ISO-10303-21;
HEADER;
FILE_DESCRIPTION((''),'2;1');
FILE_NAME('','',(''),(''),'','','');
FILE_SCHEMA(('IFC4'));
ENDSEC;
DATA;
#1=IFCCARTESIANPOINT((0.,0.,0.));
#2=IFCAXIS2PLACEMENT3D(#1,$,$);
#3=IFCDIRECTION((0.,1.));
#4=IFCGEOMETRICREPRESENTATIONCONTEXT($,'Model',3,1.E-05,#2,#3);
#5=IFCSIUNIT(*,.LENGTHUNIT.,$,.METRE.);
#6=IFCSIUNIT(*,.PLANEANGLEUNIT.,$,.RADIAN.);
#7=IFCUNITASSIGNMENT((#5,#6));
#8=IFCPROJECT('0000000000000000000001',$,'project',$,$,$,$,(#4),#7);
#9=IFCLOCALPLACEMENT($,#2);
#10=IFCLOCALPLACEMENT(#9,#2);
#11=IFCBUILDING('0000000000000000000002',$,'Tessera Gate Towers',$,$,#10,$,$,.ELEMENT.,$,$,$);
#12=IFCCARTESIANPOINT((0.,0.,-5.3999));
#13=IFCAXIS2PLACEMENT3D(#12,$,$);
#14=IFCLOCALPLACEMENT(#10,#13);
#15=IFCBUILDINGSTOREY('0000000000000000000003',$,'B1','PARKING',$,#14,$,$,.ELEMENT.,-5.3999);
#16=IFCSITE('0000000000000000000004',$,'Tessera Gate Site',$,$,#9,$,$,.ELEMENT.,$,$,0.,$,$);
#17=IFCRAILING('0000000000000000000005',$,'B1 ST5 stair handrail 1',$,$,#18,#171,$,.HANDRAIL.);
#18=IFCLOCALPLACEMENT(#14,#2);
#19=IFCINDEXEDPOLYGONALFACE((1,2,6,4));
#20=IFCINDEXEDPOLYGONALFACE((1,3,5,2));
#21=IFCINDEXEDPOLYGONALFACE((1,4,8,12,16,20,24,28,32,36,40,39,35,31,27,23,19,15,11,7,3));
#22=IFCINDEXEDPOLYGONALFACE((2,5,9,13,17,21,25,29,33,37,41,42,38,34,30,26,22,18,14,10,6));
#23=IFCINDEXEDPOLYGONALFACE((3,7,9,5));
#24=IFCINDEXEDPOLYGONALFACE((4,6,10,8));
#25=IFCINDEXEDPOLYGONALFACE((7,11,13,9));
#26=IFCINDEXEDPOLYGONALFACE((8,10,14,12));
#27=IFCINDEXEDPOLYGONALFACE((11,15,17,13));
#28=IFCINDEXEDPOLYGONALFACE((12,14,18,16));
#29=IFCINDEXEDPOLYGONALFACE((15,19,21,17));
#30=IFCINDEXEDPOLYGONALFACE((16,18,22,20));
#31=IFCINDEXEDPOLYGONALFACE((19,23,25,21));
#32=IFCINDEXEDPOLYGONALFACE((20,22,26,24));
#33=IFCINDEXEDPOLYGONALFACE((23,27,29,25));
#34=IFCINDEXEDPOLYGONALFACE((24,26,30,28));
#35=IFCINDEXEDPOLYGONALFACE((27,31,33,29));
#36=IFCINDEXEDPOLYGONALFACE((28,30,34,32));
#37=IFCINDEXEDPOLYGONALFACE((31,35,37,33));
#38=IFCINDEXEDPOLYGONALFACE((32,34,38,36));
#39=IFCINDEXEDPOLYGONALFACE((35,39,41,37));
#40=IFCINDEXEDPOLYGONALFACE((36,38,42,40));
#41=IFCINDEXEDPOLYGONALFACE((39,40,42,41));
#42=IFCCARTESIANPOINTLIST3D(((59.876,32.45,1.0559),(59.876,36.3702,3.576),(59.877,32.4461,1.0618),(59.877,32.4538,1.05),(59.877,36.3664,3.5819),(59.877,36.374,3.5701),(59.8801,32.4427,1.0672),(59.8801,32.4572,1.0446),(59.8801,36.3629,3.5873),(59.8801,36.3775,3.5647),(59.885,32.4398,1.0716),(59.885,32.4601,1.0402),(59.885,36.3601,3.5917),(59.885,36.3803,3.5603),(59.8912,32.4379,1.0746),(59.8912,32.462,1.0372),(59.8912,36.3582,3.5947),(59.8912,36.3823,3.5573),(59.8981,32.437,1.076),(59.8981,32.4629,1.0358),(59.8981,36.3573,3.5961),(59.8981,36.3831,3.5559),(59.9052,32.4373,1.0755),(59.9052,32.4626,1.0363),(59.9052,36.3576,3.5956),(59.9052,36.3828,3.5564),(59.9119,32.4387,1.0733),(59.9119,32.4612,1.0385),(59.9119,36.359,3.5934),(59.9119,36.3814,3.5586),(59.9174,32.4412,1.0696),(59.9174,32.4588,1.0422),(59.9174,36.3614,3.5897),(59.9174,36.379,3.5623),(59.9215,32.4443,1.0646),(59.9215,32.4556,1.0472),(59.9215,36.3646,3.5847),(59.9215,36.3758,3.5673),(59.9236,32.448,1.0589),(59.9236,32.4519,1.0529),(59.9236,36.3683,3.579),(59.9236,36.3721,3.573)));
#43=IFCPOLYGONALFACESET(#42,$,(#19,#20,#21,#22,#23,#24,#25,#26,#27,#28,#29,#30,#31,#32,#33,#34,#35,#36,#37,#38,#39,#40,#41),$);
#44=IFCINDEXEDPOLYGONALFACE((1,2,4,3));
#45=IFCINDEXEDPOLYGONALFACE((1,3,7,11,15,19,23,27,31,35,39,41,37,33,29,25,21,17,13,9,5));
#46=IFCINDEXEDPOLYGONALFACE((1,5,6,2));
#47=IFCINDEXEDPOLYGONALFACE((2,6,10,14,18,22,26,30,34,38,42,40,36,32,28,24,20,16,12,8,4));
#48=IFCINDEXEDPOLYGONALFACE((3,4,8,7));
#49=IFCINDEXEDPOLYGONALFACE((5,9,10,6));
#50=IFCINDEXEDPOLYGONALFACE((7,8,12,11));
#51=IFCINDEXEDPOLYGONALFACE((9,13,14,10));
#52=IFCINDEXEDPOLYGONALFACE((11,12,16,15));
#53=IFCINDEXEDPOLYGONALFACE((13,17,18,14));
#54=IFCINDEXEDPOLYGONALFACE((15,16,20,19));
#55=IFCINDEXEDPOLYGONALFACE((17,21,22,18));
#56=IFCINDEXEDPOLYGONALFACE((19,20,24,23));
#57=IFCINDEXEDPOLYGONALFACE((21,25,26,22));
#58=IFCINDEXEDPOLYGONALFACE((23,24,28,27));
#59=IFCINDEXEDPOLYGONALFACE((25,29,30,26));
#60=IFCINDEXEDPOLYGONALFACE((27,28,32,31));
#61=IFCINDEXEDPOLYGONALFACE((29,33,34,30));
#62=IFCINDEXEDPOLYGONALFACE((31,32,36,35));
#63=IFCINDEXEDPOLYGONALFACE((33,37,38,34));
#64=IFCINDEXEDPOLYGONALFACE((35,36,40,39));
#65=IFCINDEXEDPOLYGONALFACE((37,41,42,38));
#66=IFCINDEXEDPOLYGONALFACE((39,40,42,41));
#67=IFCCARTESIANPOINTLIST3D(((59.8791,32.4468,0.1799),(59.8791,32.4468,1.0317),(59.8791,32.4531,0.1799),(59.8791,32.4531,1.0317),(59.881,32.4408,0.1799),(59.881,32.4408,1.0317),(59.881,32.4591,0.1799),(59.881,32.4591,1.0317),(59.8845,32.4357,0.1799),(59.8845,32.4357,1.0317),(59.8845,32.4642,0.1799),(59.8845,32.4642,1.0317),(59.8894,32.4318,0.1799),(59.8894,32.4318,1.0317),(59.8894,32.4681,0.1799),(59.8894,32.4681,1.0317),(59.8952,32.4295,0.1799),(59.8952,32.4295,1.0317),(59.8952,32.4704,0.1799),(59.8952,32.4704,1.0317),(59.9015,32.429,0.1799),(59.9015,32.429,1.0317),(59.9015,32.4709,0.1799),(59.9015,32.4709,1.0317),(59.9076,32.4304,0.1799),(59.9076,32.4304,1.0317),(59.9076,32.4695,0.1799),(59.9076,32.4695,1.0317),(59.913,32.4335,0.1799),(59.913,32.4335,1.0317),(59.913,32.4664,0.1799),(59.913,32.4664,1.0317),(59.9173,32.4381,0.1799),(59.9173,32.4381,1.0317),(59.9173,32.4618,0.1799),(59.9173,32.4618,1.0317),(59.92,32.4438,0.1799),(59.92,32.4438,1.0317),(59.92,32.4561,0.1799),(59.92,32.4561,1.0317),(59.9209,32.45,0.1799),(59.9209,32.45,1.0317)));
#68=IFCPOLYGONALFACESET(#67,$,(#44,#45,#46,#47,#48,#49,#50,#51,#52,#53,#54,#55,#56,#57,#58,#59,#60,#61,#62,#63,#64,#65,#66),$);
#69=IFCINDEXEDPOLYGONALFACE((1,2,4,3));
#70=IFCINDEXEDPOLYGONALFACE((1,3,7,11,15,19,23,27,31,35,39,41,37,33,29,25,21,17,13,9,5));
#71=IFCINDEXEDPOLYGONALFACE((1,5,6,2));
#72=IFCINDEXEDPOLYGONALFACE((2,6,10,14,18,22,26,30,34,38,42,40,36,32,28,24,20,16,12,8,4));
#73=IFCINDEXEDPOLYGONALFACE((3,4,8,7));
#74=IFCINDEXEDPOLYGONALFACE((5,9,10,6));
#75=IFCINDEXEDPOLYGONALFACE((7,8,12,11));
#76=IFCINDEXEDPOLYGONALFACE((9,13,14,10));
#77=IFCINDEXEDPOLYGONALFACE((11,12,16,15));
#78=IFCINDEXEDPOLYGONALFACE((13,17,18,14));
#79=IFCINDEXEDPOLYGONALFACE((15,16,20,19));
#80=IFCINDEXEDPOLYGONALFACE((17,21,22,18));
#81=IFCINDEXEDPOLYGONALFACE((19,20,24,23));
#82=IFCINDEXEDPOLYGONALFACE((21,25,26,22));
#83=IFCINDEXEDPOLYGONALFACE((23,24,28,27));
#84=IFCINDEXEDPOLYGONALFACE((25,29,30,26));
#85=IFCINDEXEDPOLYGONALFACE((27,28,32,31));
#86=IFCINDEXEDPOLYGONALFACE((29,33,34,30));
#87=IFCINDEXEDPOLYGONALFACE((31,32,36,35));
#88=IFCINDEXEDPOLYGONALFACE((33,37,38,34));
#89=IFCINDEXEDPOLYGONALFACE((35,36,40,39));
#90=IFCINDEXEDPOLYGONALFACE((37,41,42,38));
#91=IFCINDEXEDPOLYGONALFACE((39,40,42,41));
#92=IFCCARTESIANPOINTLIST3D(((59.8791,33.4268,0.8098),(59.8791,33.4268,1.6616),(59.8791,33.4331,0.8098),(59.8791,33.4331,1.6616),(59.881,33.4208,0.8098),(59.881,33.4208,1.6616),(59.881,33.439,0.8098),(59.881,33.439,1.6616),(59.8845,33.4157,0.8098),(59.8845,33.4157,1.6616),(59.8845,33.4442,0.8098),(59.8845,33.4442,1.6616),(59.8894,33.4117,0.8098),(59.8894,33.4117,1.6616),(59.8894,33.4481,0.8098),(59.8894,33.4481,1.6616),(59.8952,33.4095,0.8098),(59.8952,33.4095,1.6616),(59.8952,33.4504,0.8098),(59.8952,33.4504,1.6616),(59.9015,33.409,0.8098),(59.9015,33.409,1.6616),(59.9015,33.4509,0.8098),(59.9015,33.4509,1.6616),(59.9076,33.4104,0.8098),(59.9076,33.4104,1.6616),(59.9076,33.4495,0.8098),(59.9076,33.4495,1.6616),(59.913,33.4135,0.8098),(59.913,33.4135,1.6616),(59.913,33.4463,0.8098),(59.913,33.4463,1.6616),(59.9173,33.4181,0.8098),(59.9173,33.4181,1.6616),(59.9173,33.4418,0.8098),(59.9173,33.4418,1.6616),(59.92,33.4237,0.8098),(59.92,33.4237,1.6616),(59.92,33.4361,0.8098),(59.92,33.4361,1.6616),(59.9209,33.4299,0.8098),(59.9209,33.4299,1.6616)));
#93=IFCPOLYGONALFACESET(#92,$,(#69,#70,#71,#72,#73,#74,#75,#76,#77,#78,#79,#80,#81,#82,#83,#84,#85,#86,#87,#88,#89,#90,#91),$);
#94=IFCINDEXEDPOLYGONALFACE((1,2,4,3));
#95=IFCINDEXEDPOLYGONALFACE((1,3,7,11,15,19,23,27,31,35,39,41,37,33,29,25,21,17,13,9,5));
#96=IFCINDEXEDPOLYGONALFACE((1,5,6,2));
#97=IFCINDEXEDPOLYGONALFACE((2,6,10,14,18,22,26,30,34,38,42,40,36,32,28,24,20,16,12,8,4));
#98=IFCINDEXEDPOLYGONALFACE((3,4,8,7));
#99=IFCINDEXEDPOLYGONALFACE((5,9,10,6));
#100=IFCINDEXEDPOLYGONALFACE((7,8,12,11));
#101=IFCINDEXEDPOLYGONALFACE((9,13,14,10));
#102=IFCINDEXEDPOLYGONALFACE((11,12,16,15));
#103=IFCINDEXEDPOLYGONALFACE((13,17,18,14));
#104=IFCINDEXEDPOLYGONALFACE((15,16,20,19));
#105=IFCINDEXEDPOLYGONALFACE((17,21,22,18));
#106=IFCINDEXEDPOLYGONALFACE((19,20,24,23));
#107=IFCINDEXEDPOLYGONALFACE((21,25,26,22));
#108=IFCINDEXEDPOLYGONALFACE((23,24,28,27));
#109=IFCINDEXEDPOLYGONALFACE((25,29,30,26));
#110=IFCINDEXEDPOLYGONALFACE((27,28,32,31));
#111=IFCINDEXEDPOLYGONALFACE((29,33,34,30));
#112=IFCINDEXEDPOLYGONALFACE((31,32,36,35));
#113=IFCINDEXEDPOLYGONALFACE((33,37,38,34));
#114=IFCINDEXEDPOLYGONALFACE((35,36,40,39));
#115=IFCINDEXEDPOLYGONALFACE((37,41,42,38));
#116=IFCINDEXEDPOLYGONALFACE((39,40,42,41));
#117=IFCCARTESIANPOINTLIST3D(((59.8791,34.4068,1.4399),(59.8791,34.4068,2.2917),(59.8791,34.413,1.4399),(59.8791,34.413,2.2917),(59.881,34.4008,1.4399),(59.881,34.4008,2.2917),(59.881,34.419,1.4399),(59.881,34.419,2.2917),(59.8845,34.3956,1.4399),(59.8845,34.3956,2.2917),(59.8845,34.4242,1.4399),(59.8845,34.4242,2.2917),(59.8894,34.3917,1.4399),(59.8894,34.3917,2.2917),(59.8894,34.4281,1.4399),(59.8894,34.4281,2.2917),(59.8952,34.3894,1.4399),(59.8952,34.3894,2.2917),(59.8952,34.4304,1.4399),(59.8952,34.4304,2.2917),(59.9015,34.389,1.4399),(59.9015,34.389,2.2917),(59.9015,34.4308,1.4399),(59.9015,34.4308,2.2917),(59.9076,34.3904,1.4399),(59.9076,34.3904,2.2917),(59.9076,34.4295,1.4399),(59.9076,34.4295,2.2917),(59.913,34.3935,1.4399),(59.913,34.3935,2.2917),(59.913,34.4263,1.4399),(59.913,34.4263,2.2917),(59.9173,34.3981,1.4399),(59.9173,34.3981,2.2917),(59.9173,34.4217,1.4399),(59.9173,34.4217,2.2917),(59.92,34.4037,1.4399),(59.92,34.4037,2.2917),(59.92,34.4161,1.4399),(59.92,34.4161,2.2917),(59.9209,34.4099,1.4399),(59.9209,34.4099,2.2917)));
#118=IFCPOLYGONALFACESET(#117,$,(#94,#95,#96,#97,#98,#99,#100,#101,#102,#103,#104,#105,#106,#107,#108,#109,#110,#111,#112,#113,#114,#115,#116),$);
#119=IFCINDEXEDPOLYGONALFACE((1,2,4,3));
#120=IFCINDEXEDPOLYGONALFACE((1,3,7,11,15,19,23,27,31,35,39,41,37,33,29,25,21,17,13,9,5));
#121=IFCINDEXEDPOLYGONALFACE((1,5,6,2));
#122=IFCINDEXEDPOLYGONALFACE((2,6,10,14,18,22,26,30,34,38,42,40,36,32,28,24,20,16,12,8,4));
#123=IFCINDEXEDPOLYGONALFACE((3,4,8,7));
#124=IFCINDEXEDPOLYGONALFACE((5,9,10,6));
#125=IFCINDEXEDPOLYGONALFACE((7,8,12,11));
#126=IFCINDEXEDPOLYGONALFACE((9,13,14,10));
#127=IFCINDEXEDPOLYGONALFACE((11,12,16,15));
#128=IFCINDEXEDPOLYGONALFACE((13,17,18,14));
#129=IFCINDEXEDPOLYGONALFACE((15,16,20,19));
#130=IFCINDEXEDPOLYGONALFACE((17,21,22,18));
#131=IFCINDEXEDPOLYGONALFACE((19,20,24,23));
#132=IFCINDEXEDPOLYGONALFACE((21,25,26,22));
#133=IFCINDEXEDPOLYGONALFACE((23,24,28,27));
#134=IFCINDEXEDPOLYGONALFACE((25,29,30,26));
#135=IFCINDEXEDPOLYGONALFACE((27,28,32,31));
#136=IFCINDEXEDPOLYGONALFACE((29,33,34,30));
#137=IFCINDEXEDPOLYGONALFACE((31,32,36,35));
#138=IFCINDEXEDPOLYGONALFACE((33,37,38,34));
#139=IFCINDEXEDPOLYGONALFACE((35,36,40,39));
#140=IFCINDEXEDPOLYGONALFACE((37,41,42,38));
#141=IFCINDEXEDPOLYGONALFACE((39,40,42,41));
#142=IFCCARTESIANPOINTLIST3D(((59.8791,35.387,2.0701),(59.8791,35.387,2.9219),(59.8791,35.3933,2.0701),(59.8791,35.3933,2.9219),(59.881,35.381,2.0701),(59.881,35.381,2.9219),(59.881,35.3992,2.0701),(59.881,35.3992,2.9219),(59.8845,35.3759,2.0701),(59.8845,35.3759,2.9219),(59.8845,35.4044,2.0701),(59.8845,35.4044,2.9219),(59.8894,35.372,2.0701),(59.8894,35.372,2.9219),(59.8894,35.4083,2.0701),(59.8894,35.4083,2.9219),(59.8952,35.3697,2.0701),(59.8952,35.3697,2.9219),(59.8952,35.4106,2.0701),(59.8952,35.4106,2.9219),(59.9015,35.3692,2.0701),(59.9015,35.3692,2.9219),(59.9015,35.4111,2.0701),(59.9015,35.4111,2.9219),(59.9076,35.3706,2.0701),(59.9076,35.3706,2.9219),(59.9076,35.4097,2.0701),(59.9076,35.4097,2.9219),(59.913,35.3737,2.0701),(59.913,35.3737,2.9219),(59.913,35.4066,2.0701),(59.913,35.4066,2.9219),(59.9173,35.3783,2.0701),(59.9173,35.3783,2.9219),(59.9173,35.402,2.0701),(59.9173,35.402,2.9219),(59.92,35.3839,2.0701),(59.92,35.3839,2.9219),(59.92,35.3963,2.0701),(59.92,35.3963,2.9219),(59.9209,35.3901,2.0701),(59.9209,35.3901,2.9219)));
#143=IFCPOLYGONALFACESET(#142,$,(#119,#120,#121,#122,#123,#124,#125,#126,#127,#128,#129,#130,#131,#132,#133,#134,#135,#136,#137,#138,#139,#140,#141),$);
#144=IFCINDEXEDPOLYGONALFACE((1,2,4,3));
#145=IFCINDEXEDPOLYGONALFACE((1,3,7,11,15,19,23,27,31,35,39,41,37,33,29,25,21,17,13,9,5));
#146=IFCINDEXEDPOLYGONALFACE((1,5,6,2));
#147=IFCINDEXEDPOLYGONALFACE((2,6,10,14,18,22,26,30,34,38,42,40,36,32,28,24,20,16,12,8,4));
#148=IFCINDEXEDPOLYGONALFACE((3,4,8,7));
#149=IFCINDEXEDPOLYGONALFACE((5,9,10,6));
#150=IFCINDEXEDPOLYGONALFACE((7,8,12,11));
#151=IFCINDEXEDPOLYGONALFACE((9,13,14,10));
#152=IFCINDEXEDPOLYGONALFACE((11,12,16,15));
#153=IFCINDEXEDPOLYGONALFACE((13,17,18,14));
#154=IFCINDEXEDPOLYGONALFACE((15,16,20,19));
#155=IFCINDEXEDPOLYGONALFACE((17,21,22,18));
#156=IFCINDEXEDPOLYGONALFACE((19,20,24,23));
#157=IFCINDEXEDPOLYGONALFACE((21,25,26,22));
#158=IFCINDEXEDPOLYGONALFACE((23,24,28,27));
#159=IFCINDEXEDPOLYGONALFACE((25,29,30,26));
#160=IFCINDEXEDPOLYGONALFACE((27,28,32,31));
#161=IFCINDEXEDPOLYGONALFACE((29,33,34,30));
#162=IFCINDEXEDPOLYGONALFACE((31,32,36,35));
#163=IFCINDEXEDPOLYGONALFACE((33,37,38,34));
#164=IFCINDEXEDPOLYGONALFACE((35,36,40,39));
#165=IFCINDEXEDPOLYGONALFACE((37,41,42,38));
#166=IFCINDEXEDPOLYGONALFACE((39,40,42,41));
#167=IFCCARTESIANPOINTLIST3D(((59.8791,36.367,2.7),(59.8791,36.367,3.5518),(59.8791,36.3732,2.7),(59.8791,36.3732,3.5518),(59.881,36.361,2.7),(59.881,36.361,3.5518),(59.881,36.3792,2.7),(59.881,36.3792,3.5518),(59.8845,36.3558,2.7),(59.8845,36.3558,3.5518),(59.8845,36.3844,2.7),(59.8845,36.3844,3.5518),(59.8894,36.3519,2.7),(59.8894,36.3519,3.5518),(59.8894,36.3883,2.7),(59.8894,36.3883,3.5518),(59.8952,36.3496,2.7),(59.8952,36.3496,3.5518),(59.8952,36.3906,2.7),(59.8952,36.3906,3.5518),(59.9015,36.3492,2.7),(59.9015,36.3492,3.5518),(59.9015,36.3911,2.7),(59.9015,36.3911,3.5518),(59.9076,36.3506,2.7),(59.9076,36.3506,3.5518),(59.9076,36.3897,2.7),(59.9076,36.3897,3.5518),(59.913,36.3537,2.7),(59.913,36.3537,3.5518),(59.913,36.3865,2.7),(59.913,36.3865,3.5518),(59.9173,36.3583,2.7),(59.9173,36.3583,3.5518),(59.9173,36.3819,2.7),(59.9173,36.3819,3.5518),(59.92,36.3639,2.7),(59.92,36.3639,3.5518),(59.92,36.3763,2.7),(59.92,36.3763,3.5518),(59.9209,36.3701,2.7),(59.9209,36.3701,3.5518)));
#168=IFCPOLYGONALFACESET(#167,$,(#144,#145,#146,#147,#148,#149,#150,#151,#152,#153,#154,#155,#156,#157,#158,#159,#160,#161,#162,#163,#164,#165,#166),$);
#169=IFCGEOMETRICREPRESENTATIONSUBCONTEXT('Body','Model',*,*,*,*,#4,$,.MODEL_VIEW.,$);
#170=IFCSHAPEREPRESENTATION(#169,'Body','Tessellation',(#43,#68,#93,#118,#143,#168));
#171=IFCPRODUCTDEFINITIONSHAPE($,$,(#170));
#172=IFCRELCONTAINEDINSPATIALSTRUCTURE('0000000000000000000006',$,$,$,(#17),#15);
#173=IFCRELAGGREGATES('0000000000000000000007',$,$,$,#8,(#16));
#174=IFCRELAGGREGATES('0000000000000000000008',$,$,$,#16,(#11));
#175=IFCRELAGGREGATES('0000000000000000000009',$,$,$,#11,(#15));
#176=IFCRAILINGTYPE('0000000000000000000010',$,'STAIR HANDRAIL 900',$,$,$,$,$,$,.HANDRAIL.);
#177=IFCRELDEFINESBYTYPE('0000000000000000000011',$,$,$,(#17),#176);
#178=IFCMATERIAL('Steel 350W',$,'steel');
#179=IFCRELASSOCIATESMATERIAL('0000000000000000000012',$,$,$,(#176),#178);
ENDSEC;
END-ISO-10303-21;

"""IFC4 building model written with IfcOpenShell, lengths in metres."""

from ifc_helpers import new_model, si_unit, direction, frame, origin, origin_2d, place, context, subcontext, project, spatial, circle, extrude, material, type_object, element, save


model = new_model("IFC4")

# Units and contexts
model_context = context("Model", 3, precision=1e-05, world=origin(), true_north=direction((0.0, 1.0)))
body_context = subcontext(model_context, "Body", "Model", "MODEL_VIEW")
ifc_project = project(units=[si_unit("LENGTHUNIT", "METRE"), si_unit("PLANEANGLEUNIT", "RADIAN")], contexts=[model_context])

# Site, building, storey
site_placement = place(None, origin())
site = spatial("IfcSite", under=ifc_project, at=site_placement, Name="Tessera Gate Site", CompositionType="ELEMENT", RefElevation=0.0)
building_placement = place(site_placement, origin())
building = spatial("IfcBuilding", under=site, at=building_placement, Name="Tessera Gate Towers", CompositionType="ELEMENT")
storey_placement = place(building_placement, frame((0.0, 0.0, -5.3999)))
storey = spatial("IfcBuildingStorey", under=building, at=storey_placement, Name="B1", Description="PARKING", CompositionType="ELEMENT", Elevation=-5.3999)

# Railing
ifc_material_1 = material(Name="Steel 350W", Category="steel")
railing_type_1 = type_object("IfcRailingType", Name="STAIR HANDRAIL 900", PredefinedType="HANDRAIL", material=ifc_material_1)
railing_1_placement = place(storey_placement, frame((59.8999, 32.45, 0.1799)))
element("IfcRailing", 1, at=railing_1_placement, inside=storey, type_object=railing_type_1, Name="B1 ST5 stair handrail 1", PredefinedType="HANDRAIL", context=body_context, shape_type="SweptSolid", body=[
    extrude(circle(Radius=0.0239, at=origin_2d()), frame((0.0, 0.0, 0.876), z_axis=(0.0, 0.841187, 0.540744), x_axis=(-1.0, 0.0, 0.0)), (0.0, 0.0, 1.0), 4.6604),
    extrude(circle(Radius=0.021, at=origin_2d()), origin(), (0.0, 0.0, 1.0), 0.8518),
    extrude(circle(Radius=0.021, at=origin_2d()), frame((0.0, 0.98, 0.6299)), (0.0, 0.0, 1.0), 0.8518),
    extrude(circle(Radius=0.021, at=origin_2d()), frame((0.0, 1.96, 1.26)), (0.0, 0.0, 1.0), 0.8518),
    extrude(circle(Radius=0.021, at=origin_2d()), frame((0.0, 2.9402, 1.8901)), (0.0, 0.0, 1.0), 0.8518),
    extrude(circle(Radius=0.021, at=origin_2d()), frame((0.0, 3.9202, 2.52)), (0.0, 0.0, 1.0), 0.8518),
])

save(model, "model.ifc")
